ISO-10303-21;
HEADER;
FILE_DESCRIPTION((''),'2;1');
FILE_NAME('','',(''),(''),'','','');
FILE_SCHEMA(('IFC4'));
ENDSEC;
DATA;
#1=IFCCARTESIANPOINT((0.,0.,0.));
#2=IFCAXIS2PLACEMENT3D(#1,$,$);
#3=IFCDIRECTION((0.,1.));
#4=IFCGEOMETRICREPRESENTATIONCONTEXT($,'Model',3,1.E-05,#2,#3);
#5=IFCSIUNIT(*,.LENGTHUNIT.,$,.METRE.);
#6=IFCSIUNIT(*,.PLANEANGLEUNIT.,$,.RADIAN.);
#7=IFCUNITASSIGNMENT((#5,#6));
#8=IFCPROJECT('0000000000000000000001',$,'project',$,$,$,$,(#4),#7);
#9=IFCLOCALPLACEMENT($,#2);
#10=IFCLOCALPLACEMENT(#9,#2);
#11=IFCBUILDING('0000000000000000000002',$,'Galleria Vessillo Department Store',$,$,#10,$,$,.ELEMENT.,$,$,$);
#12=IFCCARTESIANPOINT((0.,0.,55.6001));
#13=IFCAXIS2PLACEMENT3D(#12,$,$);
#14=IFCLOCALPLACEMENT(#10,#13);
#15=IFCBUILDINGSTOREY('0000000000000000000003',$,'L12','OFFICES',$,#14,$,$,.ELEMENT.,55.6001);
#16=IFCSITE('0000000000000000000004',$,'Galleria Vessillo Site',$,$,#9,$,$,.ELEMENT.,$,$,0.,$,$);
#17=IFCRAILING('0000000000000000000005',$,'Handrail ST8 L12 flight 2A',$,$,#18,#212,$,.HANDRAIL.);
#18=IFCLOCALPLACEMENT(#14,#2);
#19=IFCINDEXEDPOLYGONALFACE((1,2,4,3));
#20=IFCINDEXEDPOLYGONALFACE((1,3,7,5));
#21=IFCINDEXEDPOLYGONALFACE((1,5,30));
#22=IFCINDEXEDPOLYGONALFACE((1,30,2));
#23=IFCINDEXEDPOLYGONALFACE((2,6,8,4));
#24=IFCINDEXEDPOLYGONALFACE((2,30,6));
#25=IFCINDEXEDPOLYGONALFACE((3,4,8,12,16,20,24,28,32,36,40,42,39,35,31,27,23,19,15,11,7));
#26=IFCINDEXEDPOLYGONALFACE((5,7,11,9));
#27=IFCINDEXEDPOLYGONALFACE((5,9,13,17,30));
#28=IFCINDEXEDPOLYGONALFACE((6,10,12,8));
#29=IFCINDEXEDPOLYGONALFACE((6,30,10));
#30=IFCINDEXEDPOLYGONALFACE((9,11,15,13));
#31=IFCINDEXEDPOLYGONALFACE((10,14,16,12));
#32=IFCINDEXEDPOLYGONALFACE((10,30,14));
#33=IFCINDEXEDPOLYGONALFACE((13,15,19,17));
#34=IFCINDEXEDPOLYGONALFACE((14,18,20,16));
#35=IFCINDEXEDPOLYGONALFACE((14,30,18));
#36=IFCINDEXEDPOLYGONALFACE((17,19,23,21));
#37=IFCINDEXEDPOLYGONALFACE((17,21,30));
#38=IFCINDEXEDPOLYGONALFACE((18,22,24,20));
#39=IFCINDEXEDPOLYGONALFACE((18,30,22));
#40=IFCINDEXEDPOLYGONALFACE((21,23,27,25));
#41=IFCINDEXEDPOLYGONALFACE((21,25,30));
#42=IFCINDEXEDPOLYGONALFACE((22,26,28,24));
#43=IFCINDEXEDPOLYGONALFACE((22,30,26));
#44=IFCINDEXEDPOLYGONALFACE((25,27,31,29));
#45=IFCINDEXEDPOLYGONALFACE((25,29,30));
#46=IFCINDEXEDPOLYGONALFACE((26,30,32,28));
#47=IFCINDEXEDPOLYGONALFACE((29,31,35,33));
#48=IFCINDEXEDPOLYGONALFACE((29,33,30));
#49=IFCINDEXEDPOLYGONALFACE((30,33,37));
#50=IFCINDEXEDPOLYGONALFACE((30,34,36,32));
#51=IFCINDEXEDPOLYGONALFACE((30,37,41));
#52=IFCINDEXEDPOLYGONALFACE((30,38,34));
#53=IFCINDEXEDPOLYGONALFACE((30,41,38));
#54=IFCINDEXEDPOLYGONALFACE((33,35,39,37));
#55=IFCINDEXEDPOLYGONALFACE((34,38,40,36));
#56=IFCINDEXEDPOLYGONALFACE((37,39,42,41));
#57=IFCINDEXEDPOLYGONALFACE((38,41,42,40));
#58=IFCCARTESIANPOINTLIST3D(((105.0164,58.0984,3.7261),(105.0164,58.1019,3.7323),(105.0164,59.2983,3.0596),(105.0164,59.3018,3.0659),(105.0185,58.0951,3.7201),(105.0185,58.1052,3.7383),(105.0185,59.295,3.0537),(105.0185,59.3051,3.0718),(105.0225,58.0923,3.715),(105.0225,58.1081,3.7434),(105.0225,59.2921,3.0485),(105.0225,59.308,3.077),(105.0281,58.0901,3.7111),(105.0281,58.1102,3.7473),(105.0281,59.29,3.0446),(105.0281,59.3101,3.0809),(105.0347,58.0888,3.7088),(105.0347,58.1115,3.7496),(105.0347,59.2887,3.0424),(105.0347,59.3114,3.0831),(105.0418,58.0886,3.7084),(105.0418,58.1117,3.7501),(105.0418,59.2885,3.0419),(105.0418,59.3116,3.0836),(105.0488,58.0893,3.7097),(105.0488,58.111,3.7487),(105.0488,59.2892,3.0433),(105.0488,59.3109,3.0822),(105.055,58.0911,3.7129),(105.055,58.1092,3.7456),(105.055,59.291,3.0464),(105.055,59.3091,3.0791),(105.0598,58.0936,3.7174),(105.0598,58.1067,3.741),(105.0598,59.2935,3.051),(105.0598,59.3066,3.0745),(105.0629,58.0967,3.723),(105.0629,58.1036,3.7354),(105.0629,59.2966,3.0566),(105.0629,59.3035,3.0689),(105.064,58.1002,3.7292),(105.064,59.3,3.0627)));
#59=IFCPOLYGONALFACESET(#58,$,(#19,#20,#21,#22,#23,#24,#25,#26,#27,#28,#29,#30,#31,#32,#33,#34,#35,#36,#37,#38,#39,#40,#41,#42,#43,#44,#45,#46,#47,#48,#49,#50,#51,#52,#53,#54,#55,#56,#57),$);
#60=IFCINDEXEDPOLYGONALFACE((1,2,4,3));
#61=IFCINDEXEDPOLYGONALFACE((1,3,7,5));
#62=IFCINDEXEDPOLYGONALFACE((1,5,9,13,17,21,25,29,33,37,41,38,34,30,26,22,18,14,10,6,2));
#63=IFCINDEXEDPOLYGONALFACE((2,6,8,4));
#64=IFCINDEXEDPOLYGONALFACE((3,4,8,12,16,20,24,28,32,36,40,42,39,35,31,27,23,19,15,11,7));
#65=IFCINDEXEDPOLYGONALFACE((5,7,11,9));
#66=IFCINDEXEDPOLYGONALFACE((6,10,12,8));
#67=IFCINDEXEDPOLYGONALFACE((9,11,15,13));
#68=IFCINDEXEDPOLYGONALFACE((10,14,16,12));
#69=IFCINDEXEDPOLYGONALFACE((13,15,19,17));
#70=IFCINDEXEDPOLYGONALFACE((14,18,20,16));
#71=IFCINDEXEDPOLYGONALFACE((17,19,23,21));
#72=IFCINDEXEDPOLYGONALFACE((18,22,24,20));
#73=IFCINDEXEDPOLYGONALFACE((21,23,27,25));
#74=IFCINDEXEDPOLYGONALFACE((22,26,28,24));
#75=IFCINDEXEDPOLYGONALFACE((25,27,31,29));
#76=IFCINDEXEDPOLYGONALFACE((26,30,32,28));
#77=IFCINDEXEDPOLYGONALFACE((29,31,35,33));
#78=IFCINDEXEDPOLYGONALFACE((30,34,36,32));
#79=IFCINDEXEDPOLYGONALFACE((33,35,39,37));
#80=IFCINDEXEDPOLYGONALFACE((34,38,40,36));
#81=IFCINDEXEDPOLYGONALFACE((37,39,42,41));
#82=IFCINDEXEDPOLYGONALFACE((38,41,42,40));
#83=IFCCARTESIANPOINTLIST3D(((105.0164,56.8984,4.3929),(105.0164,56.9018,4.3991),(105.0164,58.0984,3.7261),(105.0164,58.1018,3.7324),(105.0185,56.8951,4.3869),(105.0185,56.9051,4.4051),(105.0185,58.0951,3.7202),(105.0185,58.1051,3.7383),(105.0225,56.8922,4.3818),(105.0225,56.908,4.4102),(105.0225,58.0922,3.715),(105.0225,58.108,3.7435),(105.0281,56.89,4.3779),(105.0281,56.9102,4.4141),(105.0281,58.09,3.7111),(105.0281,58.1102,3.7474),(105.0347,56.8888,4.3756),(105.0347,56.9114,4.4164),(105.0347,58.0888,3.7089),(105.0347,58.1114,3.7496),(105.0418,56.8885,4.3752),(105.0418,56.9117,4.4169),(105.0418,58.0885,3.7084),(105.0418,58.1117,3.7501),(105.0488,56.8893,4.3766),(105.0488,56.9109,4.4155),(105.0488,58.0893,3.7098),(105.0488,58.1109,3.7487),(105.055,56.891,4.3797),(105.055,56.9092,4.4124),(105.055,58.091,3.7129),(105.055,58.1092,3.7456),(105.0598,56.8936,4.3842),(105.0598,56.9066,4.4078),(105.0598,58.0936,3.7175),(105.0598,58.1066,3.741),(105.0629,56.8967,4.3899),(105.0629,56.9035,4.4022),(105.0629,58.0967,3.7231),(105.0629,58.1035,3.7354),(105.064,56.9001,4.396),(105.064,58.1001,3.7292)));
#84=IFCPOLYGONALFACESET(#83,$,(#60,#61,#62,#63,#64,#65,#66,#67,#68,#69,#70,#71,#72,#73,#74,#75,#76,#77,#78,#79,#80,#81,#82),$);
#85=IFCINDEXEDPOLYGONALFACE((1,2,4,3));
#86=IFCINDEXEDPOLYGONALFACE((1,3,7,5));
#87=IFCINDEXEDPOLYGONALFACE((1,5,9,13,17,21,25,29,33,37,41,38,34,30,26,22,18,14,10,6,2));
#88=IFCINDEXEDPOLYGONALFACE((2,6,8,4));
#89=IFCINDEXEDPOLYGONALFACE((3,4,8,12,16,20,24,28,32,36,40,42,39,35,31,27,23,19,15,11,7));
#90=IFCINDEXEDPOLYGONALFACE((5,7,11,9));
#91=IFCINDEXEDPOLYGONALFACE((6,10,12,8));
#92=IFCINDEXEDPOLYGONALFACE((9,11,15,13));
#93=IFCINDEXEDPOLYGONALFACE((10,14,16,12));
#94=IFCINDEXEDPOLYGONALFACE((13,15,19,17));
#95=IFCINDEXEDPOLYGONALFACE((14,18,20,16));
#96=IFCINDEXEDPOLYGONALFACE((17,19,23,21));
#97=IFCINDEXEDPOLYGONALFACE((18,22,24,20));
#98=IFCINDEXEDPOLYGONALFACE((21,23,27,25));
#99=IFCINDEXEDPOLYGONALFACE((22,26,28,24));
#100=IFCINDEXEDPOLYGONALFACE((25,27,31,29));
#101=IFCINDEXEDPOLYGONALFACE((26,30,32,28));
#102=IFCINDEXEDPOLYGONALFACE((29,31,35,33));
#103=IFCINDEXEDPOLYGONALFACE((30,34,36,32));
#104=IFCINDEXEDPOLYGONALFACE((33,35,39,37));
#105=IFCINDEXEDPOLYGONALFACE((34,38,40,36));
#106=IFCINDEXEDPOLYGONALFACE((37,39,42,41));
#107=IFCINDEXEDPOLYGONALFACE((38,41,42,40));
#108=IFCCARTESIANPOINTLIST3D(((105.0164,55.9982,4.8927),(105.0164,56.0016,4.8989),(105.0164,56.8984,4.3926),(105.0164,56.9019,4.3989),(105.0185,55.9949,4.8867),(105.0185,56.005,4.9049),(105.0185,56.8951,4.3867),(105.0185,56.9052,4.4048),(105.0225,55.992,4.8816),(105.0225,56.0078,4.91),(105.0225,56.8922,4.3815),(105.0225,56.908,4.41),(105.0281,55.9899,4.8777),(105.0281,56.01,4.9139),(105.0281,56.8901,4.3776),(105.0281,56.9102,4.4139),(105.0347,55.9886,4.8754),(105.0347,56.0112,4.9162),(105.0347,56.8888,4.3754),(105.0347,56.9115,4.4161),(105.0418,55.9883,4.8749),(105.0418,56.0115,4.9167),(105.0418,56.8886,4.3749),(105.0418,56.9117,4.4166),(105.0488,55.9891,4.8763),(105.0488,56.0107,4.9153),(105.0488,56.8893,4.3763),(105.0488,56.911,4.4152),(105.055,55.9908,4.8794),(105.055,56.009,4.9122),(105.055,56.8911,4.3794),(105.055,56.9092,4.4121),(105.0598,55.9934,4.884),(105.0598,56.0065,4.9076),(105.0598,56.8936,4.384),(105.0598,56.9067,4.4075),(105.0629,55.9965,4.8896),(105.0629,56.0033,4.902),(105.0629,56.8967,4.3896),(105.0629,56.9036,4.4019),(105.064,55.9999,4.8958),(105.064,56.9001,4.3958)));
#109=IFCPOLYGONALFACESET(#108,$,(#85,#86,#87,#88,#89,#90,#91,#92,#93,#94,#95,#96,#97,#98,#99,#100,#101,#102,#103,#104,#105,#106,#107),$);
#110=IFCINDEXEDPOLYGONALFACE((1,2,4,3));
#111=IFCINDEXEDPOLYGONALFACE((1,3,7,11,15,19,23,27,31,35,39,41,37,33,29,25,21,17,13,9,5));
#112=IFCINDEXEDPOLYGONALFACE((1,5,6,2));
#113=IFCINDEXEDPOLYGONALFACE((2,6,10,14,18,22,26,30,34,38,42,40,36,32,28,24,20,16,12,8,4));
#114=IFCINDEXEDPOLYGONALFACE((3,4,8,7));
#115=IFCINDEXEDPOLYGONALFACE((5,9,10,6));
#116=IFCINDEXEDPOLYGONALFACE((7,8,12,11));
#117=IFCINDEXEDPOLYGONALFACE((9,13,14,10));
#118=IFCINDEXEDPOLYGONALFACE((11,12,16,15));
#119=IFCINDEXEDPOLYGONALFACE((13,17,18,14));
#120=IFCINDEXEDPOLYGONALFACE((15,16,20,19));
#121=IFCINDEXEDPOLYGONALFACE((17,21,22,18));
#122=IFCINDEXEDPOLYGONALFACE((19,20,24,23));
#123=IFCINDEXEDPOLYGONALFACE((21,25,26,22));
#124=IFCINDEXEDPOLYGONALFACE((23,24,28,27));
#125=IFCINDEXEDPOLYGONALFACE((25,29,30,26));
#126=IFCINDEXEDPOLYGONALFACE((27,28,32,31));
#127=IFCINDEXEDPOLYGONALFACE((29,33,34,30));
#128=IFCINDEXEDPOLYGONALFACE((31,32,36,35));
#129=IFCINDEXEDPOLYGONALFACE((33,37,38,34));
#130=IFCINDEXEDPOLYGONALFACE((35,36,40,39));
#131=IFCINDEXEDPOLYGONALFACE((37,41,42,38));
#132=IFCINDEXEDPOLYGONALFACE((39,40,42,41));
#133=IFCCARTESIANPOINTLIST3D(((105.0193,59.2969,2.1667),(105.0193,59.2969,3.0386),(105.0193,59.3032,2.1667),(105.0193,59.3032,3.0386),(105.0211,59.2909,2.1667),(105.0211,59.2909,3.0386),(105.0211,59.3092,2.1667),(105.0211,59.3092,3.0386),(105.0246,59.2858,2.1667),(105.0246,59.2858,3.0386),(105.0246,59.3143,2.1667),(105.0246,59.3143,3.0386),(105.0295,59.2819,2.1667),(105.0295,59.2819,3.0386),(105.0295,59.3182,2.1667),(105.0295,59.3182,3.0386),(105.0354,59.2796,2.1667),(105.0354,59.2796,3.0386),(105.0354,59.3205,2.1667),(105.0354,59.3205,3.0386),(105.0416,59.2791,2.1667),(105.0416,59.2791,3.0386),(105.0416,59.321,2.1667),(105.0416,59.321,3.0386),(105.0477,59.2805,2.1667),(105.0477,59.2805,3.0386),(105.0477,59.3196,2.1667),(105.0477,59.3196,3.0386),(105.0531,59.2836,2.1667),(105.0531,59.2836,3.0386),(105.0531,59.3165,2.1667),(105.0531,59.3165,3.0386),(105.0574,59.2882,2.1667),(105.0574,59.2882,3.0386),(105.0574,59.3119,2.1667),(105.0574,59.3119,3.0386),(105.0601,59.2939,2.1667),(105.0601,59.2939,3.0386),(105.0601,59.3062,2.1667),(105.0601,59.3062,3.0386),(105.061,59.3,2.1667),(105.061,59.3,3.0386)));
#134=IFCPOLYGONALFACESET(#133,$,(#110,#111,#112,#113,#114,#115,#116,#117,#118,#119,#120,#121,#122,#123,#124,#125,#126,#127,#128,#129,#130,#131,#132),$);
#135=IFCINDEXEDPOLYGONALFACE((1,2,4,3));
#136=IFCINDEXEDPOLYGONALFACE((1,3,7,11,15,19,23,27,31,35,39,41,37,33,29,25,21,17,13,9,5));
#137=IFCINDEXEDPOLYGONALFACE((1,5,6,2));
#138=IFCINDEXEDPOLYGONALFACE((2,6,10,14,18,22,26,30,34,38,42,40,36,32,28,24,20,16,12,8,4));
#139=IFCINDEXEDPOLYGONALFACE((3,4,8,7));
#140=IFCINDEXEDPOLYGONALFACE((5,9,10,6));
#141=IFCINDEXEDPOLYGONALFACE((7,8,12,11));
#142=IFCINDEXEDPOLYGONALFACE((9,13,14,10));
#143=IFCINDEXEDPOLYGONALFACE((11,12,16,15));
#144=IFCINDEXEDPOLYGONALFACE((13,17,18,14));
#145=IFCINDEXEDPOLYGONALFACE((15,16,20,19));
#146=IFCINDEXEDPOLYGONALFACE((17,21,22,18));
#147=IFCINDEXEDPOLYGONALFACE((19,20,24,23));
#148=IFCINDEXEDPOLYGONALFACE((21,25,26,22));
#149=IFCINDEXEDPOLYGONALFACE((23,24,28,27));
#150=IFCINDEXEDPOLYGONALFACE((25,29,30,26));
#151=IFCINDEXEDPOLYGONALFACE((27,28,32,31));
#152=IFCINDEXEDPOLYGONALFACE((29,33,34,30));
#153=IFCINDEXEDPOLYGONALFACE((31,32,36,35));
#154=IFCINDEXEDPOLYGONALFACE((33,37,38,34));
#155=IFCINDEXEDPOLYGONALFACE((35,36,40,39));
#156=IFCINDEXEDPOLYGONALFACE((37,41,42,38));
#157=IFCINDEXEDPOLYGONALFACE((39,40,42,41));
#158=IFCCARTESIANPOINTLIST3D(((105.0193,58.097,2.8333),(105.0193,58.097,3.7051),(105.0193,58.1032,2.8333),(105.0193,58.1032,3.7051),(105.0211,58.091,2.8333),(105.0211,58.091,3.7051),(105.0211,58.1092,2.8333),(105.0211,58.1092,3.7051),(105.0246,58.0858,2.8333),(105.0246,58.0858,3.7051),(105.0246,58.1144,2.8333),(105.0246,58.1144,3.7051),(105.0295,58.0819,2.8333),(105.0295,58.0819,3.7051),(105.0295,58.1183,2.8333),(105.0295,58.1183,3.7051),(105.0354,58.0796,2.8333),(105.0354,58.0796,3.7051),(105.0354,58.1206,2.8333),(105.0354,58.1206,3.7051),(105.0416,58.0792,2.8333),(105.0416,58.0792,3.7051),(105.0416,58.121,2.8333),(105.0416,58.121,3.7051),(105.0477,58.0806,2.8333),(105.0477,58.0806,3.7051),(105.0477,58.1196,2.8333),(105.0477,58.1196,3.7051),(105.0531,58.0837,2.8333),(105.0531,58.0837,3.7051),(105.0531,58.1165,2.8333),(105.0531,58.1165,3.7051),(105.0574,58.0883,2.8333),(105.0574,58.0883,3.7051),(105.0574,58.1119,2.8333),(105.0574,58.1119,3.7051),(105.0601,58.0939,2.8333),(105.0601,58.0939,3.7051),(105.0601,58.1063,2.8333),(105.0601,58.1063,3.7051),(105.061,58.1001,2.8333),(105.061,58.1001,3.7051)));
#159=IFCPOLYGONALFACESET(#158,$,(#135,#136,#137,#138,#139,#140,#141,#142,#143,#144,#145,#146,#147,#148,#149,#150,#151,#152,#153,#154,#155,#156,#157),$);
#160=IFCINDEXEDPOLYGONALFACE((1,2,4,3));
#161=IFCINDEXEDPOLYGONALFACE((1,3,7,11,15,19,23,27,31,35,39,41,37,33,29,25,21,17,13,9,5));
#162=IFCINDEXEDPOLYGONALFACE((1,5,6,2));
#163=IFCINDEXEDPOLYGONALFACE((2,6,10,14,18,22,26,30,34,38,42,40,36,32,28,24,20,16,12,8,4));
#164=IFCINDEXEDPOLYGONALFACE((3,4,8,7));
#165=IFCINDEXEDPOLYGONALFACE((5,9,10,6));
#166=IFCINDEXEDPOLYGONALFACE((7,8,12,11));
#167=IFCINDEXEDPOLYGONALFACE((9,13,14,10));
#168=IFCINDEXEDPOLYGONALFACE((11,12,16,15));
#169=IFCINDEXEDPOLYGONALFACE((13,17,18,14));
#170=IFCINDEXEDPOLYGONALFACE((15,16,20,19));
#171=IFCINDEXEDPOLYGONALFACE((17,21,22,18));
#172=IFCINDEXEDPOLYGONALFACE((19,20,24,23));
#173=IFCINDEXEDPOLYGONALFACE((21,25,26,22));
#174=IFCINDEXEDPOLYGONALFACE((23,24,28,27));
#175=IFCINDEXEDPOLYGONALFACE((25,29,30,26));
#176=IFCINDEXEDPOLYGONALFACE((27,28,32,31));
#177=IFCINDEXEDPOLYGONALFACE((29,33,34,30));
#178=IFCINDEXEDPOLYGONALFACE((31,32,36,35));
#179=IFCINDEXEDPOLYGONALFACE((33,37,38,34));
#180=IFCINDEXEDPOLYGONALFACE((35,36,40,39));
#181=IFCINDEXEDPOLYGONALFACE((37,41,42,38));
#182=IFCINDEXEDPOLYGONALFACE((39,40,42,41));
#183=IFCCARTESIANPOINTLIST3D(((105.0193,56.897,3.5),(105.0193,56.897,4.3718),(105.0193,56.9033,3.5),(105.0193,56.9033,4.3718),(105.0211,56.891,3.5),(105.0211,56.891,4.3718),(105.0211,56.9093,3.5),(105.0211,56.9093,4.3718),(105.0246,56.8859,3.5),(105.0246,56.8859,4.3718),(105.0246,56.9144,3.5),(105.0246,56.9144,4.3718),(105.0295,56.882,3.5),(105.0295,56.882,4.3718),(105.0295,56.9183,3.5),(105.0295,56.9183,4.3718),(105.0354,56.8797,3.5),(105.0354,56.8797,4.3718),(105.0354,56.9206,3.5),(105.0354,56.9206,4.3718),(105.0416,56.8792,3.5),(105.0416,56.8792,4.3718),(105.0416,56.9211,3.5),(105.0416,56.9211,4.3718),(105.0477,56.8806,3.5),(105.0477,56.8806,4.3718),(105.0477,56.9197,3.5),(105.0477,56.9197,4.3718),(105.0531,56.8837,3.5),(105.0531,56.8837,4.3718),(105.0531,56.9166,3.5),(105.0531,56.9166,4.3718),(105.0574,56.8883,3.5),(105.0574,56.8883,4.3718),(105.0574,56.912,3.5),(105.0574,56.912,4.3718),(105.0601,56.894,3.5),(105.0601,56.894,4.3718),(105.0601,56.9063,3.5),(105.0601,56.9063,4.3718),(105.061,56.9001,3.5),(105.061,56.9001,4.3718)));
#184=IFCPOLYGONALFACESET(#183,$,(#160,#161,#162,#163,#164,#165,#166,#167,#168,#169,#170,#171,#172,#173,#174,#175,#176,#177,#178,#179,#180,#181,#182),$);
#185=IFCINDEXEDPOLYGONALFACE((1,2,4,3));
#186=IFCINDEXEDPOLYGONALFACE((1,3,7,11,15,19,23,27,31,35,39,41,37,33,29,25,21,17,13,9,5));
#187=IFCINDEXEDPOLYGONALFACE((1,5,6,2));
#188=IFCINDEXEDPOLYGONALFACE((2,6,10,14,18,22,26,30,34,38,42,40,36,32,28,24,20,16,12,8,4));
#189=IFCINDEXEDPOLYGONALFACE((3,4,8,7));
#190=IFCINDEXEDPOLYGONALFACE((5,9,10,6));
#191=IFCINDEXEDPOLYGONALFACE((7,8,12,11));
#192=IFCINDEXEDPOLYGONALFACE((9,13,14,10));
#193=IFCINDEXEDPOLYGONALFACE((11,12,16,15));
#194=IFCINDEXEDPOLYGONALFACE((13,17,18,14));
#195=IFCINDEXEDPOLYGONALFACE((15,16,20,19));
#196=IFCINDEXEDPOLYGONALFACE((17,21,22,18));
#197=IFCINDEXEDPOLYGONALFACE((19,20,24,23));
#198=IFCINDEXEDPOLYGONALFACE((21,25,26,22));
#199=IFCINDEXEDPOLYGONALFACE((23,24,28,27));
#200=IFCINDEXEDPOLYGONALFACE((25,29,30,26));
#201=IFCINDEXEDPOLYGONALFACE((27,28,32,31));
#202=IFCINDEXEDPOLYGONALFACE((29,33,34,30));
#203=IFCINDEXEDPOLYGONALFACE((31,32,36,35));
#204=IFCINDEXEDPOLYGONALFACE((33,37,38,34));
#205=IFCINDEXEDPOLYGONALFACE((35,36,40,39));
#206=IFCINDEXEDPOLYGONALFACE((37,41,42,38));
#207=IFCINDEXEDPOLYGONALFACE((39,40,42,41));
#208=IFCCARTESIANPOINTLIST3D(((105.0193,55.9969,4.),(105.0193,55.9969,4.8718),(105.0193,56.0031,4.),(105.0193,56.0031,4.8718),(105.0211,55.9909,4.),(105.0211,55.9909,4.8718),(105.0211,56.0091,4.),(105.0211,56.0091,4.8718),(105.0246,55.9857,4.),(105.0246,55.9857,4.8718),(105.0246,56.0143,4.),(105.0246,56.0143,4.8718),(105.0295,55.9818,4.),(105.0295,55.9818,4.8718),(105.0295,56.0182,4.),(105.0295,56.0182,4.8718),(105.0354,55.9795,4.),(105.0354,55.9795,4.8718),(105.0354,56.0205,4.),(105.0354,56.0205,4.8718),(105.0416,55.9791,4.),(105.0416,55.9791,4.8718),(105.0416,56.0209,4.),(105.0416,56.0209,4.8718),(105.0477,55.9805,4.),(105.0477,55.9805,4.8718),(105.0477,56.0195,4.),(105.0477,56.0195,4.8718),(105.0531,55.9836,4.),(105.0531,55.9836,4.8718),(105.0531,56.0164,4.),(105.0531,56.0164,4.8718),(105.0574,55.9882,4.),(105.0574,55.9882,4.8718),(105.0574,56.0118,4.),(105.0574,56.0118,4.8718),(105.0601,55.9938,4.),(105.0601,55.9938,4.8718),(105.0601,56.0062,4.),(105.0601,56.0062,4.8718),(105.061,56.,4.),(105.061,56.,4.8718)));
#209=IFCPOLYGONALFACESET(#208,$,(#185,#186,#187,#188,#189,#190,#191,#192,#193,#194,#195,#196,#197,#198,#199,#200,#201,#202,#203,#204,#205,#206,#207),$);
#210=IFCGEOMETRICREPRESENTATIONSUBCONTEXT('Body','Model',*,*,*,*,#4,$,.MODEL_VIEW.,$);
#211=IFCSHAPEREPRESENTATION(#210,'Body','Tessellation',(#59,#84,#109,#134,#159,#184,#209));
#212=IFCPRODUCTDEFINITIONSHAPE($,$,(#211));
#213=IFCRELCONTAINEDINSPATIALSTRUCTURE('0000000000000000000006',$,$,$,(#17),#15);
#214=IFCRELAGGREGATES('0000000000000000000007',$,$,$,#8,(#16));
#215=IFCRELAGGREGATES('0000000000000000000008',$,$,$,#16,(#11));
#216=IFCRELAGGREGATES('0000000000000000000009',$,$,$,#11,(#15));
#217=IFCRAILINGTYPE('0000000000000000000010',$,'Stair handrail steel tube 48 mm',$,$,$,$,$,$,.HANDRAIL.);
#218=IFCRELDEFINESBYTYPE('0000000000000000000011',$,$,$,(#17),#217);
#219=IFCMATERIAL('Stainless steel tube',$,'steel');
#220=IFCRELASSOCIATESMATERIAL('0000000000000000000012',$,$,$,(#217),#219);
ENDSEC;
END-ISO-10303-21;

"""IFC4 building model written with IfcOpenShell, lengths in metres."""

from ifc_helpers import new_model, si_unit, direction, frame, origin, origin_2d, place, context, subcontext, project, spatial, circle, extrude, material, type_object, element, save


model = new_model("IFC4")

# Units and contexts
model_context = context("Model", 3, precision=1e-05, world=origin(), true_north=direction((0.0, 1.0)))
body_context = subcontext(model_context, "Body", "Model", "MODEL_VIEW")
ifc_project = project(units=[si_unit("LENGTHUNIT", "METRE"), si_unit("PLANEANGLEUNIT", "RADIAN")], contexts=[model_context])

# Site, building, storey
site_placement = place(None, origin())
site = spatial("IfcSite", under=ifc_project, at=site_placement, Name="Galleria Vessillo Site", CompositionType="ELEMENT", RefElevation=0.0)
building_placement = place(site_placement, origin())
building = spatial("IfcBuilding", under=site, at=building_placement, Name="Galleria Vessillo Department Store", CompositionType="ELEMENT")
storey_placement = place(building_placement, frame((0.0, 0.0, 55.6001)))
storey = spatial("IfcBuildingStorey", under=building, at=storey_placement, Name="L12", Description="OFFICES", CompositionType="ELEMENT", Elevation=55.6001)

# Railing
ifc_material_1 = material(Name="Stainless steel tube", Category="steel")
railing_type = type_object("IfcRailingType", Name="Stair handrail steel tube 48 mm", PredefinedType="HANDRAIL", material=ifc_material_1)
for number, where, name in (
    (1, (105.04, 59.3, 2.1667), "Handrail ST8 L12 flight 2A"),
):
    element("IfcRailing", number, at=place(storey_placement, frame(where)), inside=storey, type_object=railing_type, Name=name, PredefinedType="HANDRAIL", context=body_context, shape_type="SweptSolid", body=[
        extrude(circle(Radius=0.0239, at=origin_2d()), frame((0.0, 0.0, 0.896), z_axis=(0.0, -0.874199, 0.485567), x_axis=(1.0, 0.0, 0.0)), (0.0, 0.0, 1.0), 1.3726),
        extrude(circle(Radius=0.0239, at=origin_2d()), frame((0.0, -1.2, 1.5625), z_axis=(0.0, -0.874124, 0.485703), x_axis=(1.0, 0.0, 0.0)), (0.0, 0.0, 1.0), 1.3728),
        extrude(circle(Radius=0.0239, at=origin_2d()), frame((0.0, -2.3999, 2.229), z_axis=(0.0, -0.874191, 0.485583), x_axis=(1.0, 0.0, 0.0)), (0.0, 0.0, 1.0), 1.0298),
        extrude(circle(Radius=0.021, at=origin_2d()), origin(), (0.0, 0.0, 1.0), 0.8718),
        extrude(circle(Radius=0.021, at=origin_2d()), frame((0.0, -1.2, 0.6665)), (0.0, 0.0, 1.0), 0.8718),
        extrude(circle(Radius=0.021, at=origin_2d()), frame((0.0, -2.3999, 1.3333)), (0.0, 0.0, 1.0), 0.8718),
        extrude(circle(Radius=0.021, at=origin_2d()), frame((0.0, -3.3, 1.8333)), (0.0, 0.0, 1.0), 0.8718),
    ])

save(model, "model.ifc")
